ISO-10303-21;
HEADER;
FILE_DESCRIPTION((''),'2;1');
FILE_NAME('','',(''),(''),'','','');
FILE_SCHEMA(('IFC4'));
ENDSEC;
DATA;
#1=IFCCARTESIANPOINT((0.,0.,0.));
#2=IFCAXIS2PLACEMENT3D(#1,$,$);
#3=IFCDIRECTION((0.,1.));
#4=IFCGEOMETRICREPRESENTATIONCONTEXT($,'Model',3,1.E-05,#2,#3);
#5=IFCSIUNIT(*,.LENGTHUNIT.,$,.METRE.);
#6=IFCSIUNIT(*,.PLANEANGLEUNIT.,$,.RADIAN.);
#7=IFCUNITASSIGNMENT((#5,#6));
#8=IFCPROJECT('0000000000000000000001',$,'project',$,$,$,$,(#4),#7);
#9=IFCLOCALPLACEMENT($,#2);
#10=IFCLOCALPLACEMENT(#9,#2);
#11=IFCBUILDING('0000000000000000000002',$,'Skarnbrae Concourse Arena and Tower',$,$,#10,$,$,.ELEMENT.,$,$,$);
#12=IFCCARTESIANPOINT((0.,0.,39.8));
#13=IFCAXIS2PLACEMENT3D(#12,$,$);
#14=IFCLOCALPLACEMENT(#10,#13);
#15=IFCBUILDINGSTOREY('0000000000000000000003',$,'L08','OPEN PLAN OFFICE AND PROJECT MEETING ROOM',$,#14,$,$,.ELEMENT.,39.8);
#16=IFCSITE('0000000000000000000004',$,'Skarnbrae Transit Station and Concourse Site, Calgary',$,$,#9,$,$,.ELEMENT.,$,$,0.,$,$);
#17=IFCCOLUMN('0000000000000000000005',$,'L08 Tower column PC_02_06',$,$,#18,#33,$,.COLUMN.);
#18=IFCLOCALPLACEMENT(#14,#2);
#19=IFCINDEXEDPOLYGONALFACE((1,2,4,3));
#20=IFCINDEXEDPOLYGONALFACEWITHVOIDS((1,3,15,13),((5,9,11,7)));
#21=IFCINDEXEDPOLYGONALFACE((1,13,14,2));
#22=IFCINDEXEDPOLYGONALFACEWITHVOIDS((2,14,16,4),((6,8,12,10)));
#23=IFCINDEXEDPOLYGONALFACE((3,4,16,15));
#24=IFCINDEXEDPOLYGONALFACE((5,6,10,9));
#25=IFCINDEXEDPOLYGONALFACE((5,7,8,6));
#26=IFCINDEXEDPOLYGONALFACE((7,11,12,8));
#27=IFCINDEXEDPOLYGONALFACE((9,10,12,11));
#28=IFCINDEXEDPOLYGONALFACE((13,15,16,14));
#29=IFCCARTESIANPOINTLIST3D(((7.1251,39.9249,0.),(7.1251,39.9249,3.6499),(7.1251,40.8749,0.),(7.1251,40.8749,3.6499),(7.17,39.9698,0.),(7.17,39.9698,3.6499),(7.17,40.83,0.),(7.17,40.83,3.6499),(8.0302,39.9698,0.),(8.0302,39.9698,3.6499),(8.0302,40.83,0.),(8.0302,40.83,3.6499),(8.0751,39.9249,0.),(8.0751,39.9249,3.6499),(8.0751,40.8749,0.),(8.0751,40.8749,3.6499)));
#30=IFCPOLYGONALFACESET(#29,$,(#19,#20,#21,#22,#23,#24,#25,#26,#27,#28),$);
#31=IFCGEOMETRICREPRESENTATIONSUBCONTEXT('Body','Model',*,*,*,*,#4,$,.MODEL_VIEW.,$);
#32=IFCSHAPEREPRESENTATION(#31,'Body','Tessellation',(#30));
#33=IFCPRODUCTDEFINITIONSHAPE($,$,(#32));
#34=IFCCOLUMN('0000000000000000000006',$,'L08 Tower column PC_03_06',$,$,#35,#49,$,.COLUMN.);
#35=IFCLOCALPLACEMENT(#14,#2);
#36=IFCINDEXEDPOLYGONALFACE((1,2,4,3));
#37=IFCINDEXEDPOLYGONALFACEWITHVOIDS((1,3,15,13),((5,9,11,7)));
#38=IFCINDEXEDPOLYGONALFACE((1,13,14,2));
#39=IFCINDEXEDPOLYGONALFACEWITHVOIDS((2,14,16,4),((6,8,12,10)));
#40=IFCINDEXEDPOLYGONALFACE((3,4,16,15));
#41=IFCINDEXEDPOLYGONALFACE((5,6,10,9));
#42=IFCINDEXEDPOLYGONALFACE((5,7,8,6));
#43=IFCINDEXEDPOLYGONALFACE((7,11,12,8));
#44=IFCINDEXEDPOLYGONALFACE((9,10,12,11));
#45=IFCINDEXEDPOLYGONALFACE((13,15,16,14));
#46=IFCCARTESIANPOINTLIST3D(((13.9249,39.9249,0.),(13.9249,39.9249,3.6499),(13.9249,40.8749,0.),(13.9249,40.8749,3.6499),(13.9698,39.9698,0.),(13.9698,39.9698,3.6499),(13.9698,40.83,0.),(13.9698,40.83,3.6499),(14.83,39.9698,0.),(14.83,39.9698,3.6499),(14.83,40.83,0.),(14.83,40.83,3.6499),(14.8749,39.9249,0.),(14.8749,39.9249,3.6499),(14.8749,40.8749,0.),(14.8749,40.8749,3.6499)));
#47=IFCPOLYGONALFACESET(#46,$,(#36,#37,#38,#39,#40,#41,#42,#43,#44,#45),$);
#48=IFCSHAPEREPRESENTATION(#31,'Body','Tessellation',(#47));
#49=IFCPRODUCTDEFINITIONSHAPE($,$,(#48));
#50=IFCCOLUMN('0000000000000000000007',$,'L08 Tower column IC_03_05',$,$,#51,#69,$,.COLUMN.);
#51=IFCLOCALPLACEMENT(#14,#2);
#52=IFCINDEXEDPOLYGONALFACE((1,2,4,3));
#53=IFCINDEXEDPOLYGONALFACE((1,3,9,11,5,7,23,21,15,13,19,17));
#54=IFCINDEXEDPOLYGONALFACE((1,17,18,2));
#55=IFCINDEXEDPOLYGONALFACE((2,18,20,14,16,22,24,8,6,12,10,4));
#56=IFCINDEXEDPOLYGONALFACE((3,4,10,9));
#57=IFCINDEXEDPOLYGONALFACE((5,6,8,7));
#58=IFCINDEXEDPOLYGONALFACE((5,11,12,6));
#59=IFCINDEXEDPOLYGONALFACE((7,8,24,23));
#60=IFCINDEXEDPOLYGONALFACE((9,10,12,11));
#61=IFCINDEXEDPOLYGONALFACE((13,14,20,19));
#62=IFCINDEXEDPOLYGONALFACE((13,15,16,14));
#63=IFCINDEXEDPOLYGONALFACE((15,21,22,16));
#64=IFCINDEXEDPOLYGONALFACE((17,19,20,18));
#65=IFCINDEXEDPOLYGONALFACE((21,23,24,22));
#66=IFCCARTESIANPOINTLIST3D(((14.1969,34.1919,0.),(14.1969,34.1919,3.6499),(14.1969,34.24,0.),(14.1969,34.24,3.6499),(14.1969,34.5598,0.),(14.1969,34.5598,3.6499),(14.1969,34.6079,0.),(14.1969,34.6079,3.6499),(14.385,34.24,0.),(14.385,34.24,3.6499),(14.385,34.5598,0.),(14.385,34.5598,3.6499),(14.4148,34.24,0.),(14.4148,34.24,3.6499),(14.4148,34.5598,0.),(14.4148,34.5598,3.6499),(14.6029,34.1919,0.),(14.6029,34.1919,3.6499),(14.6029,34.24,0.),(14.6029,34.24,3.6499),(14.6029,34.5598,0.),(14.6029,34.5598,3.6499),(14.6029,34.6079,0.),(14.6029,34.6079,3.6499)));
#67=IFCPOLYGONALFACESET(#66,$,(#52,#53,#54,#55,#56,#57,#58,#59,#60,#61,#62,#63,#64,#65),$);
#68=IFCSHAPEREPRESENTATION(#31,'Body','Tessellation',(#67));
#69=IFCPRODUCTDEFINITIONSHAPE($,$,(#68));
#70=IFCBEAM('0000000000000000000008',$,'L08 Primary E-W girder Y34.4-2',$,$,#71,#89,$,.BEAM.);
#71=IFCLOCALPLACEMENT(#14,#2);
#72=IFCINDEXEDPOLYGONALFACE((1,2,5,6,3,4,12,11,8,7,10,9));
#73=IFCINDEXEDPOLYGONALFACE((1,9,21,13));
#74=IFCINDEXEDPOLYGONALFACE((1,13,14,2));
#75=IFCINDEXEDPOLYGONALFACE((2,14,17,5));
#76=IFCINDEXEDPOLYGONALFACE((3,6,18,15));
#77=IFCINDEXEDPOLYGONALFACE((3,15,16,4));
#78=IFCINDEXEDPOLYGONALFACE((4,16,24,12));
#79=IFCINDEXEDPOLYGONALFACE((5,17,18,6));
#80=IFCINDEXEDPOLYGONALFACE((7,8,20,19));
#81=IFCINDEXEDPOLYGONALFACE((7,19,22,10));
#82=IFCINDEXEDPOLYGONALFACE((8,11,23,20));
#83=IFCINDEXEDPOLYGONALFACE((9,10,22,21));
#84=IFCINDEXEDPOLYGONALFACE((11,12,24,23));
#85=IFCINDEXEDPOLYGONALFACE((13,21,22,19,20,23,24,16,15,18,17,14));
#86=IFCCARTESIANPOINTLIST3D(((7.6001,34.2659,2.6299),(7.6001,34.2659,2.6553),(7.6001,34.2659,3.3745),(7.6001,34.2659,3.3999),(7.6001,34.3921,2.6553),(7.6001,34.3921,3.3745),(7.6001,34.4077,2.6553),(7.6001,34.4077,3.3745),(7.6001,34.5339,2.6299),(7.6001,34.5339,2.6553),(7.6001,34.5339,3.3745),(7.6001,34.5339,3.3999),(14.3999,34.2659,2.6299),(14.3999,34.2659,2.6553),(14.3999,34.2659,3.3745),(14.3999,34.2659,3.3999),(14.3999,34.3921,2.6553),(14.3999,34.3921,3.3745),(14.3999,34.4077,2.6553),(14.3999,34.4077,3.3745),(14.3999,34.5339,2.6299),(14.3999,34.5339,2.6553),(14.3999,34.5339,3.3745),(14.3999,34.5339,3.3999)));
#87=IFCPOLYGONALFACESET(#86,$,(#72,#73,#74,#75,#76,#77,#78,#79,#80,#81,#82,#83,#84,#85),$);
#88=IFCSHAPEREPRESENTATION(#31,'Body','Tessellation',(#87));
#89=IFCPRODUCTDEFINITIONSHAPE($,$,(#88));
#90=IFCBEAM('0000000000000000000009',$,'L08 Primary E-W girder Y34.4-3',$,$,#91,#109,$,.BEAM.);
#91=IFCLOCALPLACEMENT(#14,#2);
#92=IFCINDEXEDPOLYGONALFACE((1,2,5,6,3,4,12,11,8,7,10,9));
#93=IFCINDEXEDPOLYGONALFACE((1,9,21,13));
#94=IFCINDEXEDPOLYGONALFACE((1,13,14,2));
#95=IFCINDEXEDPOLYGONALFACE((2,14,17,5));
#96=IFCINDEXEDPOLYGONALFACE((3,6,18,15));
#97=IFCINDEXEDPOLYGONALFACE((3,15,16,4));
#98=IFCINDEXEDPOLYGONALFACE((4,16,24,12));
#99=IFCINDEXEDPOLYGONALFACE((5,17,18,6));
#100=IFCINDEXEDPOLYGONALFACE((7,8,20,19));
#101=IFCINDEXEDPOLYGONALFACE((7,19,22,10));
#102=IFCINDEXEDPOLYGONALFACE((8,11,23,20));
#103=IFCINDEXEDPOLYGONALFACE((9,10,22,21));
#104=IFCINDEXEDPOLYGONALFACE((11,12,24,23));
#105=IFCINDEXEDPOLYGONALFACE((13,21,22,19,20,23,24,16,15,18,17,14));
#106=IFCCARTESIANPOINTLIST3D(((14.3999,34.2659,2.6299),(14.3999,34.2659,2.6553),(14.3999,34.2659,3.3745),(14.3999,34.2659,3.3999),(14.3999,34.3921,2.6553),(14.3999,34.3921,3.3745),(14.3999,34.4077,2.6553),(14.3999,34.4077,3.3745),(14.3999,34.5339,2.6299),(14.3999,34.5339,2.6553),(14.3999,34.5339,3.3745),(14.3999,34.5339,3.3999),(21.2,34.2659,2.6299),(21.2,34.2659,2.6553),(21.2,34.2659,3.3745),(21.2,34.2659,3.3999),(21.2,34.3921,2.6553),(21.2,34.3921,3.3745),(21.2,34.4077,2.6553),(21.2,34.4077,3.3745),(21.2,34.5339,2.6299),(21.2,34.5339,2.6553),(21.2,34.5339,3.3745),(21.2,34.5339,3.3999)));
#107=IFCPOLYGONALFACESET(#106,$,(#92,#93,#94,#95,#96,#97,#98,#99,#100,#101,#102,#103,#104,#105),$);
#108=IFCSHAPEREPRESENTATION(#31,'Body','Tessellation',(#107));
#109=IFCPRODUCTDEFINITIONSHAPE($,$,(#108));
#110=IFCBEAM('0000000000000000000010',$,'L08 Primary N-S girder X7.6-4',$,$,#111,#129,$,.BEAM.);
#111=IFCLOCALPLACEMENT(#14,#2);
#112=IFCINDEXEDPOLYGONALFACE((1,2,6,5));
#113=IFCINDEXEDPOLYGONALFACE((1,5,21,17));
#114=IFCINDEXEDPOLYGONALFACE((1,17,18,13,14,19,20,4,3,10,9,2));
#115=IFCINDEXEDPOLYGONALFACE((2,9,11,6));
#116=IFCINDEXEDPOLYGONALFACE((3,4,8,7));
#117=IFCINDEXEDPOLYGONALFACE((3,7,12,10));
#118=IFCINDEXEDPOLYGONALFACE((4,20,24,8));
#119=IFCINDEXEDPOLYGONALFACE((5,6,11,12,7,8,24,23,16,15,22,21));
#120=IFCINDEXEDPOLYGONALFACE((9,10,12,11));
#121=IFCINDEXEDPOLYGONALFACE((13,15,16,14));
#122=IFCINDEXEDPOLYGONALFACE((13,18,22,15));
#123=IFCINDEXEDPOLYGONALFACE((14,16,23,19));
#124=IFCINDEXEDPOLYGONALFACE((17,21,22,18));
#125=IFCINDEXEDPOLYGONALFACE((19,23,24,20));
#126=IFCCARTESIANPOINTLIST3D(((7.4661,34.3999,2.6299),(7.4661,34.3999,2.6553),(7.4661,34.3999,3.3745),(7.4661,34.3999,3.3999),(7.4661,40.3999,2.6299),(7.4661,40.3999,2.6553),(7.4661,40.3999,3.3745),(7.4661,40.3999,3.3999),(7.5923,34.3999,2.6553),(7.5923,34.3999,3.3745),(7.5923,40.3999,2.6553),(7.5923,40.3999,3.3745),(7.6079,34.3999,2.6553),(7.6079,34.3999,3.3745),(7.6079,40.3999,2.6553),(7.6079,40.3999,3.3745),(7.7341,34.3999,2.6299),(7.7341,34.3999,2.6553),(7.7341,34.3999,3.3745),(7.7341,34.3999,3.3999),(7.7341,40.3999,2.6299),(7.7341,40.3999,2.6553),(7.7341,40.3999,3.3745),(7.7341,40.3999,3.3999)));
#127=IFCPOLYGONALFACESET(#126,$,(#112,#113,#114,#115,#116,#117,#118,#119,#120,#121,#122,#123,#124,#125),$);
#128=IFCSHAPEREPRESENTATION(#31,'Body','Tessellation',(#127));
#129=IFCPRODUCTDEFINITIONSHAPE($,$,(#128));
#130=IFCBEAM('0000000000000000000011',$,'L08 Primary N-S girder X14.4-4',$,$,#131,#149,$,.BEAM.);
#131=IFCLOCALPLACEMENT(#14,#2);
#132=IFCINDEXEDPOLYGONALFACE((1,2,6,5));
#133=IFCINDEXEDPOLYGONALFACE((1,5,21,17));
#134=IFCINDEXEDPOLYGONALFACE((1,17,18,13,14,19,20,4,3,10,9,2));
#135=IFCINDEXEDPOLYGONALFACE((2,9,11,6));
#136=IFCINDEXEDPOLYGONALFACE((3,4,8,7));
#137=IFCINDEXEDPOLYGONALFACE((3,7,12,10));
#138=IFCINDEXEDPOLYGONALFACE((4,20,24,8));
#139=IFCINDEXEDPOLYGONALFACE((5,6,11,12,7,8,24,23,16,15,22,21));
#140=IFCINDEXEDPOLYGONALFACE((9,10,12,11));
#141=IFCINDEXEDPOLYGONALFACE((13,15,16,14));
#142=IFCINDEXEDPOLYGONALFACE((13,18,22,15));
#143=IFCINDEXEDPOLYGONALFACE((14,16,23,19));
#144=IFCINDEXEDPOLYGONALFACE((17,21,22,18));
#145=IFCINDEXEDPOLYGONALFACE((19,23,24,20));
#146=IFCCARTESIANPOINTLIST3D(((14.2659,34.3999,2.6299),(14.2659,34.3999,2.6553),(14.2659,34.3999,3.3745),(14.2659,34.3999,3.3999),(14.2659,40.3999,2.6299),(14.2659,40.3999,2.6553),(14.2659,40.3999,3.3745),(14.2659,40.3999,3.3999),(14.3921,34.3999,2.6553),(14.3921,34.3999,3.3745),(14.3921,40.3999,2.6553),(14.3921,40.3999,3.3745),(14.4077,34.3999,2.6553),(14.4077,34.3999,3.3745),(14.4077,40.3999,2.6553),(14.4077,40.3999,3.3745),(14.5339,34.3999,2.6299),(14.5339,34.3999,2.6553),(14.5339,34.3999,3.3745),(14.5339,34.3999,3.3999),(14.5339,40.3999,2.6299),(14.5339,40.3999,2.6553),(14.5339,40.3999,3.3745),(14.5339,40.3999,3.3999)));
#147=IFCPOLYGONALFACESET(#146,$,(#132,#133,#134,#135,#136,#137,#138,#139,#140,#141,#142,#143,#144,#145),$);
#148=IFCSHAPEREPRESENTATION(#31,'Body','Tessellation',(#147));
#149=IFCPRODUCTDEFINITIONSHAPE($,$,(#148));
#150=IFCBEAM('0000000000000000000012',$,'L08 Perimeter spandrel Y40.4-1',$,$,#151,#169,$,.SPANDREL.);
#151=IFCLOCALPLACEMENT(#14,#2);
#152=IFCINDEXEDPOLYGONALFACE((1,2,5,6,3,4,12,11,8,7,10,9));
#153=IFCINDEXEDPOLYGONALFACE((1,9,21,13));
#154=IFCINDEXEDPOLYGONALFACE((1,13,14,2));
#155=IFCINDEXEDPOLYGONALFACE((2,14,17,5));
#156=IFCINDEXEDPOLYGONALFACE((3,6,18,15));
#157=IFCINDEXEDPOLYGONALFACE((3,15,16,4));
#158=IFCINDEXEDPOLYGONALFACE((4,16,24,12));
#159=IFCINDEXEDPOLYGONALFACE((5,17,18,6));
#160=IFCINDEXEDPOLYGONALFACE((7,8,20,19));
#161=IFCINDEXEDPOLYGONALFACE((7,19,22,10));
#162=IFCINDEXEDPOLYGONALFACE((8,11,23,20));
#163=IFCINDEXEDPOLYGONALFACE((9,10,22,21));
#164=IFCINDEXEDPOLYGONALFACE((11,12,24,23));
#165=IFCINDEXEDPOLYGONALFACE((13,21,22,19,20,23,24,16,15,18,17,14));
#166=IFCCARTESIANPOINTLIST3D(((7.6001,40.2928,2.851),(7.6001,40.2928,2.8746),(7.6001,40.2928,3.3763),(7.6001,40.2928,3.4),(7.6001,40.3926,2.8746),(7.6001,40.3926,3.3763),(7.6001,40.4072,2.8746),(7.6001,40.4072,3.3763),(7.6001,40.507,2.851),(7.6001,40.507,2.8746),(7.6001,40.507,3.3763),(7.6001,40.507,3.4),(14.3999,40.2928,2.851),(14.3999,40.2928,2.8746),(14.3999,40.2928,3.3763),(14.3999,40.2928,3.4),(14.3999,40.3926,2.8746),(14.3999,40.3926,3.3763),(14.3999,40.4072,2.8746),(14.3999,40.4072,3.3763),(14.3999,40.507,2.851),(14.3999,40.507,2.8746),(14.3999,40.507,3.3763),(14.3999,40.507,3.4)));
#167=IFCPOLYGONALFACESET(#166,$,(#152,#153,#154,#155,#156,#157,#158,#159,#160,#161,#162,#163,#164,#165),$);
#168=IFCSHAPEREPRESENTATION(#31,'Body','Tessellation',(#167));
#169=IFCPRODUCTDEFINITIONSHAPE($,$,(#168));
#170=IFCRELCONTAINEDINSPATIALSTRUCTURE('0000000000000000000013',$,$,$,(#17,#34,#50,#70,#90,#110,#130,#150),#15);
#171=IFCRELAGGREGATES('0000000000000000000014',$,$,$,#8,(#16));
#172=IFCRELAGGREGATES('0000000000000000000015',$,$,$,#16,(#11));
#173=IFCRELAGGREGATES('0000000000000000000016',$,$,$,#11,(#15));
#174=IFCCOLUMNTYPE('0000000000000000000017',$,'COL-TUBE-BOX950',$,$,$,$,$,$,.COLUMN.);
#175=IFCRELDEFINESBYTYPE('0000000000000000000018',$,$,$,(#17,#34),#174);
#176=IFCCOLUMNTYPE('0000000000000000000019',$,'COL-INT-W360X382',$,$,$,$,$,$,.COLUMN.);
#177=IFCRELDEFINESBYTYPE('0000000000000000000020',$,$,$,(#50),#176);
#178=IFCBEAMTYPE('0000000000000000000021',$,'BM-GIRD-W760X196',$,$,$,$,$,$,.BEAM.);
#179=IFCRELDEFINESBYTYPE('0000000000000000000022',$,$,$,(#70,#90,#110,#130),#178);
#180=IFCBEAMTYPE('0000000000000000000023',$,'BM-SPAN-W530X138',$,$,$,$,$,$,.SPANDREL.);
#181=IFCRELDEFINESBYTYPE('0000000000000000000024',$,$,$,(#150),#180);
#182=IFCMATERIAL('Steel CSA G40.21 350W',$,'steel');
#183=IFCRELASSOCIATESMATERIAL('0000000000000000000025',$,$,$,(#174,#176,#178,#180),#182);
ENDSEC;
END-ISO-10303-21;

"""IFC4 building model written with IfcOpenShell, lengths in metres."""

from ifc_helpers import new_model, si_unit, direction, frame, origin, origin_2d, place, context, subcontext, project, spatial, hollow_rectangle, i_section, extrude, source, transform, mapped, material, material_profile, profile_set, type_object, element, save


model = new_model("IFC4")

# Units and contexts
model_context = context("Model", 3, precision=1e-05, world=origin(), true_north=direction((0.0, 1.0)))
body_context = subcontext(model_context, "Body", "Model", "MODEL_VIEW")
ifc_project = project(units=[si_unit("LENGTHUNIT", "METRE"), si_unit("PLANEANGLEUNIT", "RADIAN")], contexts=[model_context])

# Site, building, storey
site_placement = place(None, origin())
site = spatial("IfcSite", under=ifc_project, at=site_placement, Name="Skarnbrae Transit Station and Concourse Site, Calgary", CompositionType="ELEMENT", RefElevation=0.0)
building_placement = place(site_placement, origin())
building = spatial("IfcBuilding", under=site, at=building_placement, Name="Skarnbrae Concourse Arena and Tower", CompositionType="ELEMENT")
storey_placement = place(building_placement, frame((0.0, 0.0, 39.8)))
storey = spatial("IfcBuildingStorey", under=building, at=storey_placement, Name="L08", Description="OPEN PLAN OFFICE AND PROJECT MEETING ROOM", CompositionType="ELEMENT", Elevation=39.8)

# Columns
ifc_material_1 = material(Name="Steel CSA G40.21 350W", Category="steel")
ifc_material_profile_1 = material_profile(ifc_material_1, hollow_rectangle(XDim=0.95, YDim=0.95, WallThickness=0.0449, at=origin_2d()), Name="BOX950X950X45")
ifc_profile_set_1 = profile_set([ifc_material_profile_1], Name="Steel CSA G40.21 350W")
column_type_1 = type_object("IfcColumnType", Name="COL-TUBE-BOX950", PredefinedType="COLUMN", material=ifc_profile_set_1)
shared_shape_1 = source(origin(), body_context, "Body", "SweptSolid", [
    extrude(hollow_rectangle(XDim=0.95, YDim=0.95, WallThickness=0.0449, at=origin_2d()), origin(), (0.0, 0.0, 1.0), 3.6499),
])
for number, where, z_axis, x_axis, name in (
    (1, (7.6001, 40.3999, 0.0), (0.0, 0.0, 1.0), (1.0, 0.0, 0.0), "L08 Tower column PC_02_06"),
    (2, (14.3999, 40.3999, 0.0), (0.0, 0.0, 1.0), (1.0, 0.0, 0.0), "L08 Tower column PC_03_06"),
):
    element("IfcColumn", number, at=place(storey_placement, frame(where, z_axis=z_axis, x_axis=x_axis)), inside=storey, type_object=column_type_1, Name=name, PredefinedType="COLUMN", context=body_context, shape_type="MappedRepresentation", body=[
        mapped(shared_shape_1, transform((0.0, 0.0, 0.0))),
    ])
ifc_material_profile_2 = material_profile(ifc_material_1, i_section(OverallWidth=0.406, OverallDepth=0.416, WebThickness=0.0298, FlangeThickness=0.0481, at=origin_2d()), Name="W360X382")
ifc_profile_set_2 = profile_set([ifc_material_profile_2], Name="Steel CSA G40.21 350W")
column_type_2 = type_object("IfcColumnType", Name="COL-INT-W360X382", PredefinedType="COLUMN", material=ifc_profile_set_2)
shared_shape_2 = source(origin(), body_context, "Body", "SweptSolid", [
    extrude(i_section(OverallWidth=0.406, OverallDepth=0.416, WebThickness=0.0298, FlangeThickness=0.0481, at=origin_2d()), origin(), (0.0, 0.0, 1.0), 3.6499),
])
column_placement = place(storey_placement, frame((14.3999, 34.3999, 0.0), z_axis=(0.0, 0.0, 1.0), x_axis=(1.0, 0.0, 0.0)))
element("IfcColumn", 3, at=column_placement, inside=storey, type_object=column_type_2, Name="L08 Tower column IC_03_05", PredefinedType="COLUMN", context=body_context, shape_type="MappedRepresentation", body=[
    mapped(shared_shape_2, transform((0.0, 0.0, 0.0))),
])

# Beams
ifc_material_profile_3 = material_profile(ifc_material_1, i_section(OverallWidth=0.2681, OverallDepth=0.77, WebThickness=0.0156, FlangeThickness=0.0254, at=origin_2d()), Name="W760X196")
ifc_profile_set_3 = profile_set([ifc_material_profile_3], Name="Steel CSA G40.21 350W")
beam_type_1 = type_object("IfcBeamType", Name="BM-GIRD-W760X196", PredefinedType="BEAM", material=ifc_profile_set_3)
shared_shape_3 = source(origin(), body_context, "Body", "SweptSolid", [
    extrude(i_section(OverallWidth=0.2681, OverallDepth=0.77, WebThickness=0.0156, FlangeThickness=0.0254, at=origin_2d()), origin(), (0.0, 0.0, 1.0), 6.7998),
])
beam_1_placement = place(storey_placement, frame((7.6001, 34.3999, 3.0149), z_axis=(1.0, 0.0, 0.0), x_axis=(0.0, 1.0, 0.0)))
element("IfcBeam", 4, at=beam_1_placement, inside=storey, type_object=beam_type_1, Name="L08 Primary E-W girder Y34.4-2", PredefinedType="BEAM", context=body_context, shape_type="MappedRepresentation", body=[
    mapped(shared_shape_3, transform((0.0, 0.0, 0.0))),
])
shared_shape_4 = source(origin(), body_context, "Body", "SweptSolid", [
    extrude(i_section(OverallWidth=0.2681, OverallDepth=0.77, WebThickness=0.0156, FlangeThickness=0.0254, at=origin_2d()), origin(), (0.0, 0.0, 1.0), 6.8),
])
beam_2_placement = place(storey_placement, frame((14.3999, 34.3999, 3.0149), z_axis=(1.0, 0.0, 0.0), x_axis=(0.0, 1.0, 0.0)))
element("IfcBeam", 5, at=beam_2_placement, inside=storey, type_object=beam_type_1, Name="L08 Primary E-W girder Y34.4-3", PredefinedType="BEAM", context=body_context, shape_type="MappedRepresentation", body=[
    mapped(shared_shape_4, transform((0.0, 0.0, 0.0))),
])
shared_shape_5 = source(origin(), body_context, "Body", "SweptSolid", [
    extrude(i_section(OverallWidth=0.2681, OverallDepth=0.77, WebThickness=0.0156, FlangeThickness=0.0254, at=origin_2d()), origin(), (0.0, 0.0, 1.0), 6.0),
])
for number, where, z_axis, x_axis, name in (
    (6, (7.6001, 34.3999, 3.0149), (0.0, 1.0, 0.0), (-1.0, 0.0, 0.0), "L08 Primary N-S girder X7.6-4"),
    (7, (14.3999, 34.3999, 3.0149), (0.0, 1.0, 0.0), (-1.0, 0.0, 0.0), "L08 Primary N-S girder X14.4-4"),
):
    element("IfcBeam", number, at=place(storey_placement, frame(where, z_axis=z_axis, x_axis=x_axis)), inside=storey, type_object=beam_type_1, Name=name, PredefinedType="BEAM", context=body_context, shape_type="MappedRepresentation", body=[
        mapped(shared_shape_5, transform((0.0, 0.0, 0.0))),
    ])
ifc_material_profile_4 = material_profile(ifc_material_1, i_section(OverallWidth=0.2141, OverallDepth=0.5491, WebThickness=0.0146, FlangeThickness=0.0237, at=origin_2d()), Name="W530X138")
ifc_profile_set_4 = profile_set([ifc_material_profile_4], Name="Steel CSA G40.21 350W")
beam_type_2 = type_object("IfcBeamType", Name="BM-SPAN-W530X138", PredefinedType="SPANDREL", material=ifc_profile_set_4)
shared_shape_6 = source(origin(), body_context, "Body", "SweptSolid", [
    extrude(i_section(OverallWidth=0.2141, OverallDepth=0.5491, WebThickness=0.0146, FlangeThickness=0.0237, at=origin_2d()), origin(), (0.0, 0.0, 1.0), 6.7998),
])
beam_3_placement = place(storey_placement, frame((7.6001, 40.3999, 3.1255), z_axis=(1.0, 0.0, 0.0), x_axis=(0.0, 1.0, 0.0)))
element("IfcBeam", 8, at=beam_3_placement, inside=storey, type_object=beam_type_2, Name="L08 Perimeter spandrel Y40.4-1", PredefinedType="SPANDREL", context=body_context, shape_type="MappedRepresentation", body=[
    mapped(shared_shape_6, transform((0.0, 0.0, 0.0))),
])

save(model, "model.ifc")
